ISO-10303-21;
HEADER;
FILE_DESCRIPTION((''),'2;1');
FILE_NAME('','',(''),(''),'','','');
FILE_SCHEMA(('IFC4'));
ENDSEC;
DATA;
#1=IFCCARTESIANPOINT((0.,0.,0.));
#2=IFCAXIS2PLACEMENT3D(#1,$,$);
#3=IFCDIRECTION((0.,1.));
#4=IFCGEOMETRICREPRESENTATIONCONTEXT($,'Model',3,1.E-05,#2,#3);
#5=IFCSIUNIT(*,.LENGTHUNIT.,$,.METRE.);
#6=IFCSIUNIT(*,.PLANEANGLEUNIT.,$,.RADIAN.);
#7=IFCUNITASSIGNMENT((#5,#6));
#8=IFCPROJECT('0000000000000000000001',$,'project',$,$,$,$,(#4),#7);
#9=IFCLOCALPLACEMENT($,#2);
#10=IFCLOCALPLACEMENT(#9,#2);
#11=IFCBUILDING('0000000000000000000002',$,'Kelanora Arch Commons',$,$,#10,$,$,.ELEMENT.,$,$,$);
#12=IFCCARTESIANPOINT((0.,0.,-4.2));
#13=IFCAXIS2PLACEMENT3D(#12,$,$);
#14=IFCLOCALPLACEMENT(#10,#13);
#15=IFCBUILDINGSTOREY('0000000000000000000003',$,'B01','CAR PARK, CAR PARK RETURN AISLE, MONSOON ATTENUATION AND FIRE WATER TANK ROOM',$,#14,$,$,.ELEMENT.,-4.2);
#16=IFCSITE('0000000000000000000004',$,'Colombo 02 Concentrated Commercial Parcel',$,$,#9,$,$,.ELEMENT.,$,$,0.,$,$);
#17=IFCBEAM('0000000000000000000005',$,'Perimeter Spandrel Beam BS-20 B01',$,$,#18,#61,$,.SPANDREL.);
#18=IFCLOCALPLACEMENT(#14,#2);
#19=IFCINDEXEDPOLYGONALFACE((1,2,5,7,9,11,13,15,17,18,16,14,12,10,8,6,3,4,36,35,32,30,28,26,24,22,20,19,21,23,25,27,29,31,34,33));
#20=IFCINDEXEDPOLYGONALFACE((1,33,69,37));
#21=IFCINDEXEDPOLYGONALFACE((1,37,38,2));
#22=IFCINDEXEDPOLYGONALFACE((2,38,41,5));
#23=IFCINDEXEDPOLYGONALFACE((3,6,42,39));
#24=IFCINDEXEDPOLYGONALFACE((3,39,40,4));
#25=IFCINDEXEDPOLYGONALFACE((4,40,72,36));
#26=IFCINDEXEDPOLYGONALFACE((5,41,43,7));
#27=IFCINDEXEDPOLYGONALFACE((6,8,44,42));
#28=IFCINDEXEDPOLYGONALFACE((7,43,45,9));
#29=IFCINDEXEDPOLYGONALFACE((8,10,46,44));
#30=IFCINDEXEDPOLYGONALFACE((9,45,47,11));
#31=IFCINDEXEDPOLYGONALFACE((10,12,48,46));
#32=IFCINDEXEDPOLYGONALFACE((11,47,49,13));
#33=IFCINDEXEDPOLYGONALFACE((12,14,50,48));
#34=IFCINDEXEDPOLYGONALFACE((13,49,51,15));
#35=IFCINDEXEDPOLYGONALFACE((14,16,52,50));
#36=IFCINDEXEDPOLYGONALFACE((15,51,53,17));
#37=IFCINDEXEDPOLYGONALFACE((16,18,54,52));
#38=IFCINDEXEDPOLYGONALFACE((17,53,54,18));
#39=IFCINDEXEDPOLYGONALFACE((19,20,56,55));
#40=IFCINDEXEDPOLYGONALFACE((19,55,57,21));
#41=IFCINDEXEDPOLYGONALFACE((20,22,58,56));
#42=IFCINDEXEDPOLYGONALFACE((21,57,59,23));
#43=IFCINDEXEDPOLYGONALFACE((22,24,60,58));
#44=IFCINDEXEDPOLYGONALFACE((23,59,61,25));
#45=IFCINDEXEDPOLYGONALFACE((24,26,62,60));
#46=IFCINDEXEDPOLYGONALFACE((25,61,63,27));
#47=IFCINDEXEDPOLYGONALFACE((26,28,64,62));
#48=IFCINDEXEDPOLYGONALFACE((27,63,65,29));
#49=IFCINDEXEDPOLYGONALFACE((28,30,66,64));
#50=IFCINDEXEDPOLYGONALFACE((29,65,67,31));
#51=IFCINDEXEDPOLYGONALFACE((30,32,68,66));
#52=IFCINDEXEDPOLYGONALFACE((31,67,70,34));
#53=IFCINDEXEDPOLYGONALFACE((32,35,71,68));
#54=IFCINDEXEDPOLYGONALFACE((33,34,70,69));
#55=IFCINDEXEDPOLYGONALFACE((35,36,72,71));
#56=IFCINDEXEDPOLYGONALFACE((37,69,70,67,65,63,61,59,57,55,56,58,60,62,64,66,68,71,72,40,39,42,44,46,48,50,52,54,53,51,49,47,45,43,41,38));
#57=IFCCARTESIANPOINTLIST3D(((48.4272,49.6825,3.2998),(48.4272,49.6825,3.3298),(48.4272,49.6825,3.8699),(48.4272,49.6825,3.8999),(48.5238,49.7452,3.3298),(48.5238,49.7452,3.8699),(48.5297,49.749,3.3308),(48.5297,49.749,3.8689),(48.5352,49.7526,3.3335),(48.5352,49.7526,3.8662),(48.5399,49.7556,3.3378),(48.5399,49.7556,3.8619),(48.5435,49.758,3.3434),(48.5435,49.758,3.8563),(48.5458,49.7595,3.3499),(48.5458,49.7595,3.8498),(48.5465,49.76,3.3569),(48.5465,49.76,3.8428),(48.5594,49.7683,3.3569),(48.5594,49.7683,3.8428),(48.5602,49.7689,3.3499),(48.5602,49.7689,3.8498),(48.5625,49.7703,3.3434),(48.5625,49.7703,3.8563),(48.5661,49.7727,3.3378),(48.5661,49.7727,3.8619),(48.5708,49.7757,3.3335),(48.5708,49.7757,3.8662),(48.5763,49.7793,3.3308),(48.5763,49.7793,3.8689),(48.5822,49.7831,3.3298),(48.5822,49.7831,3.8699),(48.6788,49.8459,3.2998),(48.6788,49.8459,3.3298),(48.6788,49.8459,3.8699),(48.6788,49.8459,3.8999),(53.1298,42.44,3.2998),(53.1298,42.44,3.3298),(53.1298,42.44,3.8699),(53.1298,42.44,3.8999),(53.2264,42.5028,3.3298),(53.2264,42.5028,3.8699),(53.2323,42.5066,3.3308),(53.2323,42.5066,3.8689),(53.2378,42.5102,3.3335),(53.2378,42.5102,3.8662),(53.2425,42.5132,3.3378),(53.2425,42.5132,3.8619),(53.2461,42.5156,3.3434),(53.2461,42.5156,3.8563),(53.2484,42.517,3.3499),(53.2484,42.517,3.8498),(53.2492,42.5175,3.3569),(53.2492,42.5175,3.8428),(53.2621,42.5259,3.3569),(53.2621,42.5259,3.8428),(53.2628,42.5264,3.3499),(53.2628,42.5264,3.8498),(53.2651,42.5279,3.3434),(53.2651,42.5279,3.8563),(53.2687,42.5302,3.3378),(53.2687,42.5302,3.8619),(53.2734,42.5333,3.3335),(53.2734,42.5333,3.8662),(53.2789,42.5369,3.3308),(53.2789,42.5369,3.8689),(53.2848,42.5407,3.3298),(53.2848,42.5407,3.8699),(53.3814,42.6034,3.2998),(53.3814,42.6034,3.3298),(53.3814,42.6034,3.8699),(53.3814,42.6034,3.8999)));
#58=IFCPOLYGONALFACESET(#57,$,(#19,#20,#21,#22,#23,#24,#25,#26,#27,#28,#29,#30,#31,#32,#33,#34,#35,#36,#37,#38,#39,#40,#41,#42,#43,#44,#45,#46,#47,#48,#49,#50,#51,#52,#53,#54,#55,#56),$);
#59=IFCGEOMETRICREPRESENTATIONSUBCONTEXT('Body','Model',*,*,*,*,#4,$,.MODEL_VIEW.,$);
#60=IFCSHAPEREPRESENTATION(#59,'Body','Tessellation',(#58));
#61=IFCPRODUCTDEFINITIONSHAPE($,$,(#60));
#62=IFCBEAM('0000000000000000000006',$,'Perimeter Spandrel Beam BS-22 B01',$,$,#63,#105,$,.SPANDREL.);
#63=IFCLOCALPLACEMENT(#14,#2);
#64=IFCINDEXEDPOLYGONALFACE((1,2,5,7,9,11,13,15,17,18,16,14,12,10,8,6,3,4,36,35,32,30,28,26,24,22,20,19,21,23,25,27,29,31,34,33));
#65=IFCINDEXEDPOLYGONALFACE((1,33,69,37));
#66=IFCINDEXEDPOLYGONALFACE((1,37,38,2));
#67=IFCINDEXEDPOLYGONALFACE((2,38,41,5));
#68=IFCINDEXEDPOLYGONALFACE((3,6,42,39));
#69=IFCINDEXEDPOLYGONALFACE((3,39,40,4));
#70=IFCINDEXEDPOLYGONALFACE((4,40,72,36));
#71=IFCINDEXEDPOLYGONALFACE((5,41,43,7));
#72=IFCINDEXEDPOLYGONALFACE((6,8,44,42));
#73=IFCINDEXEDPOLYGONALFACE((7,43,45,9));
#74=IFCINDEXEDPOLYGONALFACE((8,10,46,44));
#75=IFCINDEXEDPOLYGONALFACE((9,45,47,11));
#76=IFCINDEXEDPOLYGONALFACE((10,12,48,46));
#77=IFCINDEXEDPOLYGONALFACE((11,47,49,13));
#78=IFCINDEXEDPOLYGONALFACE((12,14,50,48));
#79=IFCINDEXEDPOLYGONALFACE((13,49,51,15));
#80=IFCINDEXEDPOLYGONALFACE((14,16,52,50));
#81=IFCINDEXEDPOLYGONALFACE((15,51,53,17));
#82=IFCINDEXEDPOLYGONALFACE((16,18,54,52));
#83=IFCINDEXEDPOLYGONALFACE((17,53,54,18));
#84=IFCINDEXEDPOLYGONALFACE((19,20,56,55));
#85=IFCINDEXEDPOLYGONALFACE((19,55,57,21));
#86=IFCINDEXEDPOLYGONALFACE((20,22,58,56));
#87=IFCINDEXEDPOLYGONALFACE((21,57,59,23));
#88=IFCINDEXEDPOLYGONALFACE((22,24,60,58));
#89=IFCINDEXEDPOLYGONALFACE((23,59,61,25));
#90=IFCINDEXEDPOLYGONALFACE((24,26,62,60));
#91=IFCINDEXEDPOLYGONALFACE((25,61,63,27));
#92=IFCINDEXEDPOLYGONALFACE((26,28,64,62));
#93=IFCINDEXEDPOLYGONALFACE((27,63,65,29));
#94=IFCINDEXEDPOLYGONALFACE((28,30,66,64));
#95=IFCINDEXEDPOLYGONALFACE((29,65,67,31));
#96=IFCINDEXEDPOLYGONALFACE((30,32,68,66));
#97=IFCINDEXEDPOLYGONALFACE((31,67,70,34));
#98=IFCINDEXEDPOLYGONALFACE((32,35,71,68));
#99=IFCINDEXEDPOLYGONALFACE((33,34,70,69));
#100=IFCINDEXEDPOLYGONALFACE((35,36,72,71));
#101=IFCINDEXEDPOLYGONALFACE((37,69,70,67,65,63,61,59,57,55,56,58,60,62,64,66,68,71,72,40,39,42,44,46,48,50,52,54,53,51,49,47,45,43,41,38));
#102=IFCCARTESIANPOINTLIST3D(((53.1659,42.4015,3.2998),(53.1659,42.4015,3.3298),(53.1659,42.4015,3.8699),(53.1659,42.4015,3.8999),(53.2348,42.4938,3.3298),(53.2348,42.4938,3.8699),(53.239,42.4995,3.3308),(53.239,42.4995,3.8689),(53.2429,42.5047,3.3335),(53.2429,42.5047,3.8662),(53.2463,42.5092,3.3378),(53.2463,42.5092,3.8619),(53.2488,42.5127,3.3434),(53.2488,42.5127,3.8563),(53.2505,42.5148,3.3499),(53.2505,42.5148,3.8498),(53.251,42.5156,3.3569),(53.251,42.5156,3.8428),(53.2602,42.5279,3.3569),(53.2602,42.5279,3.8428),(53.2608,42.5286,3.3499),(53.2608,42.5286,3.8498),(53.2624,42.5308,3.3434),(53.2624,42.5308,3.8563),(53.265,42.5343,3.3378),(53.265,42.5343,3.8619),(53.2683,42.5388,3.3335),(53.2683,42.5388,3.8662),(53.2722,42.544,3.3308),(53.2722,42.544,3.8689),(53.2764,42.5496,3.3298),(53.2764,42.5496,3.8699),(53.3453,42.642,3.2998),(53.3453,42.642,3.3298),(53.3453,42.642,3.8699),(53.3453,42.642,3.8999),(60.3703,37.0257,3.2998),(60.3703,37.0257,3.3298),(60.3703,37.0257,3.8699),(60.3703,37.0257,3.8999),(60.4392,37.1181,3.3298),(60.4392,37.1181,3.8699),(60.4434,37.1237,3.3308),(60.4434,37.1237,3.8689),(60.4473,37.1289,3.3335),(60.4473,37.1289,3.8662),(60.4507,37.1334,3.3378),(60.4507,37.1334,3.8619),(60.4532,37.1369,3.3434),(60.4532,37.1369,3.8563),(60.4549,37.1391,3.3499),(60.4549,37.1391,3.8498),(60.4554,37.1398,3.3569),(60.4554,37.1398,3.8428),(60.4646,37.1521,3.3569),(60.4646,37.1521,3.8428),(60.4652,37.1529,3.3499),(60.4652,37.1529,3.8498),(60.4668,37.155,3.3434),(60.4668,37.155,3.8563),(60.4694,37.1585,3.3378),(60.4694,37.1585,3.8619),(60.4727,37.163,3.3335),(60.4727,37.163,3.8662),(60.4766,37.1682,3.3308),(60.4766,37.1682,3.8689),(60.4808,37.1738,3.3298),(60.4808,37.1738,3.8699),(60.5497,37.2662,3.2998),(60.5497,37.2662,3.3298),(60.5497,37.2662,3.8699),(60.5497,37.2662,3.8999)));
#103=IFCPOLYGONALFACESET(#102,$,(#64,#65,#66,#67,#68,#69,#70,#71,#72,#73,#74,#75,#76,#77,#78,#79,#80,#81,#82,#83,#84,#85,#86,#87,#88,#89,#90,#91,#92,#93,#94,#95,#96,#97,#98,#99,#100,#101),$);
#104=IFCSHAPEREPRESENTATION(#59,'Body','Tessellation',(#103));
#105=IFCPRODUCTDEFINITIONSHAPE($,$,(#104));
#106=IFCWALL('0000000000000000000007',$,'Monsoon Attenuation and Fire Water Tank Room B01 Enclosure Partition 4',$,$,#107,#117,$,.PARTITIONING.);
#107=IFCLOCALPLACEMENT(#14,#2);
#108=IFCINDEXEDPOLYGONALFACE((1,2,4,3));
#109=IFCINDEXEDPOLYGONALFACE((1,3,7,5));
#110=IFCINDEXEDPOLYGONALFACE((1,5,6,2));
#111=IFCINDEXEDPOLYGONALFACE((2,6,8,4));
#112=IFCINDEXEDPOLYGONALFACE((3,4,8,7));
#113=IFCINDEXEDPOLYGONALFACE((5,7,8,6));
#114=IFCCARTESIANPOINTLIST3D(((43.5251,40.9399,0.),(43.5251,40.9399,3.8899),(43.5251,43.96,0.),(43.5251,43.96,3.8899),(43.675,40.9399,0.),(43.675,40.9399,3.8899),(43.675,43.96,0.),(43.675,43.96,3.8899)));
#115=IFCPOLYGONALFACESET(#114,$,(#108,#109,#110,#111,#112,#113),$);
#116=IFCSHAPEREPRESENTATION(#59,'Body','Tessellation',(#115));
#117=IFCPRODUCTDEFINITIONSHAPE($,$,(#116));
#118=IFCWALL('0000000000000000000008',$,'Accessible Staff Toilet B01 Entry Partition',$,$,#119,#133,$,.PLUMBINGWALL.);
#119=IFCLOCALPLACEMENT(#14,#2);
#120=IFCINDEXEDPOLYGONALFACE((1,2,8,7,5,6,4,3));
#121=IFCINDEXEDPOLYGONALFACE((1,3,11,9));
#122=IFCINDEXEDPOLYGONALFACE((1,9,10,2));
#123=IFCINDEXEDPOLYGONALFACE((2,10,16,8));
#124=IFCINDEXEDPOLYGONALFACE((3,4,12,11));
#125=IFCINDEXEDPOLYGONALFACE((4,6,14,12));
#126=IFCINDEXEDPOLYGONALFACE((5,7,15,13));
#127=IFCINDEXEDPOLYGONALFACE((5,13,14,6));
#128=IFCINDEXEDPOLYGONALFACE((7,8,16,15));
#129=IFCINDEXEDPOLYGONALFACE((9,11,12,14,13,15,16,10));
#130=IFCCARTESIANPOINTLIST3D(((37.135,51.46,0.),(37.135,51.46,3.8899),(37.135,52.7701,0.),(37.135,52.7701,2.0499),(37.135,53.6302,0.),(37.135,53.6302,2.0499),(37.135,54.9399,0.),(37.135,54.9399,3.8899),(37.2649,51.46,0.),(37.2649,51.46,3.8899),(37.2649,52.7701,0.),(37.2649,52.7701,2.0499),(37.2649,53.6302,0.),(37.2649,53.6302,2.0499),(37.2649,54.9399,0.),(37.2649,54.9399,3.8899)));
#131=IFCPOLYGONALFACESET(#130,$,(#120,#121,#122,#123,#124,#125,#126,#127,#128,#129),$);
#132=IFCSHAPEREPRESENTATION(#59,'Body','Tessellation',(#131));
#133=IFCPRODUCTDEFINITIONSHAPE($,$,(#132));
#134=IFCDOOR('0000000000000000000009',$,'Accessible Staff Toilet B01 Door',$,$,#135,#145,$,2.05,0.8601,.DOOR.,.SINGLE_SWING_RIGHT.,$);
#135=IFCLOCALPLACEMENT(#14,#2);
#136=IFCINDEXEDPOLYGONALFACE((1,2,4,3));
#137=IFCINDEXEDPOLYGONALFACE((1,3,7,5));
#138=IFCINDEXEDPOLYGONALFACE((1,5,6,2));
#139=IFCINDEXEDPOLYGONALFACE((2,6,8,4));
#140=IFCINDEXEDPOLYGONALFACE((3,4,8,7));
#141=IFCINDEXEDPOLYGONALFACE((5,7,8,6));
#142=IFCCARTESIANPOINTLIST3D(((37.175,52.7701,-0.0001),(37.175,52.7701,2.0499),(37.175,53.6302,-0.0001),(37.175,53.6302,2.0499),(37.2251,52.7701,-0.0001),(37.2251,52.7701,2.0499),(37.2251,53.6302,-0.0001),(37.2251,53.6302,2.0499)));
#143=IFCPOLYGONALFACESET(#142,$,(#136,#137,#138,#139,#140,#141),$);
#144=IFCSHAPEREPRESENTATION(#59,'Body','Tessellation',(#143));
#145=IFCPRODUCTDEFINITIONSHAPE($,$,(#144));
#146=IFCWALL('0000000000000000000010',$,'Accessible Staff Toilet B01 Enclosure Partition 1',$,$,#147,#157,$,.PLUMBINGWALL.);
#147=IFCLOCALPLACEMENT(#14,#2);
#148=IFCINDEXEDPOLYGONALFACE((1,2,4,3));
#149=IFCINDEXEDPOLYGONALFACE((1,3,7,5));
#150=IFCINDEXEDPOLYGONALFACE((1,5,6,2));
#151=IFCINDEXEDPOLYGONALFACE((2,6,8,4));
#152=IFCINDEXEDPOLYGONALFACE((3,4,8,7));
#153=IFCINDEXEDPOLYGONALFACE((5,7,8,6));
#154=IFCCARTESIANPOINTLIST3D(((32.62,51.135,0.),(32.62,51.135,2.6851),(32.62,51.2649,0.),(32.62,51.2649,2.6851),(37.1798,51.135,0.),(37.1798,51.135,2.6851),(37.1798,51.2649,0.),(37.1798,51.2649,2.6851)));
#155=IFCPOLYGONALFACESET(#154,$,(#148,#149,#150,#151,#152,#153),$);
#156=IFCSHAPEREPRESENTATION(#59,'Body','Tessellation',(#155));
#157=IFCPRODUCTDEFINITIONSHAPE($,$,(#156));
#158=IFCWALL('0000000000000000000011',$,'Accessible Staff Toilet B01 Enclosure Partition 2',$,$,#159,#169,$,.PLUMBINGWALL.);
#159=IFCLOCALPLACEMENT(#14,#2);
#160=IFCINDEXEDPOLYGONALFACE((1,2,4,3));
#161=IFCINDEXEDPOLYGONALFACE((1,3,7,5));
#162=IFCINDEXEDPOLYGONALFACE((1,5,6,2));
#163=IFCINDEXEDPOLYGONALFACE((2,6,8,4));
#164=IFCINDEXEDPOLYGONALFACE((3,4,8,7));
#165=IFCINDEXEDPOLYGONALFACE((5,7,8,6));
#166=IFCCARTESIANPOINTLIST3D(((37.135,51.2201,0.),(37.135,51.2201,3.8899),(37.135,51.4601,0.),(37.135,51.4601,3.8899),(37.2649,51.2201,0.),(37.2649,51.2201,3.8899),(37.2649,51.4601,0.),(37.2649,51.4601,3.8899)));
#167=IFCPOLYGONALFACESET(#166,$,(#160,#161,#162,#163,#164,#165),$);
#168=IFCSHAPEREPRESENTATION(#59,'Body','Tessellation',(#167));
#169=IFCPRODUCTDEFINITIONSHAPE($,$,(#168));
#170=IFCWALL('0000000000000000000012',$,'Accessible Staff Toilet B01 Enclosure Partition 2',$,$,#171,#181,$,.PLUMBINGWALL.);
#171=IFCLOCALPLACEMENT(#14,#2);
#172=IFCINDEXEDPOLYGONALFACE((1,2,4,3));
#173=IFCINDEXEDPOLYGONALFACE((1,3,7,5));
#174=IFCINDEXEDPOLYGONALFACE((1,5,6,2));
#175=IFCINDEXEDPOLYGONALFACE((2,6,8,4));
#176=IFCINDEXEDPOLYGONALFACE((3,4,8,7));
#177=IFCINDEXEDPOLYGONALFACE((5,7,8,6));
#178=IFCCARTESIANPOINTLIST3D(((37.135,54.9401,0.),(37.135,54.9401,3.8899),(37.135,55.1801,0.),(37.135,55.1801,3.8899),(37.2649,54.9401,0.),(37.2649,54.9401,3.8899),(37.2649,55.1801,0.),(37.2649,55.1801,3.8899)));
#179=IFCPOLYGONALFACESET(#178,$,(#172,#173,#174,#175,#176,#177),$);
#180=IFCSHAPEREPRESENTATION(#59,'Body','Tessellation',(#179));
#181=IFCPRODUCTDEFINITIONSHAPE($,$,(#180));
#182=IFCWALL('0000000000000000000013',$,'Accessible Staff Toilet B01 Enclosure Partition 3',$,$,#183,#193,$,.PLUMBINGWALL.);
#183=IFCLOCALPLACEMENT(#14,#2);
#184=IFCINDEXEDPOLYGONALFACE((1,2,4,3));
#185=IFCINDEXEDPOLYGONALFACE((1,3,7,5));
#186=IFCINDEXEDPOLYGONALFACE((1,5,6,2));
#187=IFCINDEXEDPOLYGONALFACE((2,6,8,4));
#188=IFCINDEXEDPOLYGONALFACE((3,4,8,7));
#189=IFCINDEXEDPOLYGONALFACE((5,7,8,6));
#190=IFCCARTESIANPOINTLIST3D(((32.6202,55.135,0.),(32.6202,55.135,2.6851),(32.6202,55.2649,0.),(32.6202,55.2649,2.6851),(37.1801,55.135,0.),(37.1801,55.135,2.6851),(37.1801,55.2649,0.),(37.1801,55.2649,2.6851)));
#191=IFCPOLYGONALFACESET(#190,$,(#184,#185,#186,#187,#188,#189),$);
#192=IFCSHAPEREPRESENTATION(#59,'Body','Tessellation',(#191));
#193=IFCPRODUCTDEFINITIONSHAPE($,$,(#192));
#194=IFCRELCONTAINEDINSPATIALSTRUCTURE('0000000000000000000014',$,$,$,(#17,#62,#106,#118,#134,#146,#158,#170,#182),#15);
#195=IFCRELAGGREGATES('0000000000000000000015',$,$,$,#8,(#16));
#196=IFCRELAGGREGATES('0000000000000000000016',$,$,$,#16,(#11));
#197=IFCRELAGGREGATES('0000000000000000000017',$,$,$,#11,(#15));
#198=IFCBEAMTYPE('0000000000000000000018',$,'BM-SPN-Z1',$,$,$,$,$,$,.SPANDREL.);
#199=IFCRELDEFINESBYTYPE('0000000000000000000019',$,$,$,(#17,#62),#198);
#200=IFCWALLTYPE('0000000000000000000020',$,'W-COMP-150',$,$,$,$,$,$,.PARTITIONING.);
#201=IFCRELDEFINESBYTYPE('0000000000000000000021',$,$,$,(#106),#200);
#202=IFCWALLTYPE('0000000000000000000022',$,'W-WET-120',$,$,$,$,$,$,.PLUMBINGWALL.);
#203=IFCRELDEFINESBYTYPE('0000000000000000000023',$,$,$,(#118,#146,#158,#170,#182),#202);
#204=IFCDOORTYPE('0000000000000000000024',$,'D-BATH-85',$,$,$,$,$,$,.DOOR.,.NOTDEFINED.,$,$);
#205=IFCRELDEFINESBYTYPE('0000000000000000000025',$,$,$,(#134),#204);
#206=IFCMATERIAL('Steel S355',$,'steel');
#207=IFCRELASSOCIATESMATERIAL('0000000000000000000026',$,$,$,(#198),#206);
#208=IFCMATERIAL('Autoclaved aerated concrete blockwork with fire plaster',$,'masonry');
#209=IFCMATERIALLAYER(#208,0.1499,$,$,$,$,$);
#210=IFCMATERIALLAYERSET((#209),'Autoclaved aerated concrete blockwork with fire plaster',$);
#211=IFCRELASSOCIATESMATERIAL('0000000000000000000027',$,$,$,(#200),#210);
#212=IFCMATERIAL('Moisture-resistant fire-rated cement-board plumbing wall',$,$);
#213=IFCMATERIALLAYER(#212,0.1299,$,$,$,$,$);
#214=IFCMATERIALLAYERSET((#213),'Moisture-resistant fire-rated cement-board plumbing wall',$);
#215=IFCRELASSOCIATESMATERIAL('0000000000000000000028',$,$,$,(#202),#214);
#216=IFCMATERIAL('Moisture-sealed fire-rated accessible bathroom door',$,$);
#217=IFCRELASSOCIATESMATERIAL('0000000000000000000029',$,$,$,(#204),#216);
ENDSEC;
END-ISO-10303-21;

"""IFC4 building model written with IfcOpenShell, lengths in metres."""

from ifc_helpers import new_model, si_unit, direction, frame, frame_2d, origin, origin_2d, place, context, subcontext, project, spatial, rectangle, i_section, extrude, material, layer, layer_set, material_profile, profile_set, type_object, element, fill, save


model = new_model("IFC4")

# Units and contexts
model_context = context("Model", 3, precision=1e-05, world=origin(), true_north=direction((0.0, 1.0)))
body_context = subcontext(model_context, "Body", "Model", "MODEL_VIEW")
ifc_project = project(units=[si_unit("LENGTHUNIT", "METRE"), si_unit("PLANEANGLEUNIT", "RADIAN")], contexts=[model_context])

# Site, building, storey
site_placement = place(None, origin())
site = spatial("IfcSite", under=ifc_project, at=site_placement, Name="Colombo 02 Concentrated Commercial Parcel", CompositionType="ELEMENT", RefElevation=0.0)
building_placement = place(site_placement, origin())
building = spatial("IfcBuilding", under=site, at=building_placement, Name="Kelanora Arch Commons", CompositionType="ELEMENT")
storey_placement = place(building_placement, frame((0.0, 0.0, -4.2)))
storey = spatial("IfcBuildingStorey", under=building, at=storey_placement, Name="B01", Description="CAR PARK, CAR PARK RETURN AISLE, MONSOON ATTENUATION AND FIRE WATER TANK ROOM", CompositionType="ELEMENT", Elevation=-4.2)

# Beams
ifc_material_1 = material(Name="Steel S355", Category="steel")
ifc_material_profile_1 = material_profile(ifc_material_1, i_section(OverallWidth=0.3, OverallDepth=0.6001, WebThickness=0.0154, FlangeThickness=0.03, FilletRadius=0.0271, at=origin_2d()), Name="HEB600")
ifc_profile_set_1 = profile_set([ifc_material_profile_1], Name="Steel S355")
beam_type_1 = type_object("IfcBeamType", Name="BM-SPN-Z1", PredefinedType="SPANDREL", material=ifc_profile_set_1)
beam_1_placement = place(storey_placement, frame((48.553, 49.7642, 3.5999), z_axis=(0.544586, -0.838705, 0.0), x_axis=(0.838705, 0.544586, 0.0)))
element("IfcBeam", 1, at=beam_1_placement, inside=storey, type_object=beam_type_1, Name="Perimeter Spandrel Beam BS-20 B01", PredefinedType="SPANDREL", context=body_context, shape_type="SweptSolid", body=[
    extrude(i_section(OverallWidth=0.3, OverallDepth=0.6001, WebThickness=0.0154, FlangeThickness=0.03, FilletRadius=0.0271, at=origin_2d()), origin(), (0.0, 0.0, 1.0), 8.6353),
])
beam_2_placement = place(storey_placement, frame((53.2556, 42.5217, 3.5999), z_axis=(0.801468, -0.598038, 0.0), x_axis=(0.598038, 0.801468, 0.0)))
element("IfcBeam", 2, at=beam_2_placement, inside=storey, type_object=beam_type_1, Name="Perimeter Spandrel Beam BS-22 B01", PredefinedType="SPANDREL", context=body_context, shape_type="SweptSolid", body=[
    extrude(i_section(OverallWidth=0.3, OverallDepth=0.6001, WebThickness=0.0154, FlangeThickness=0.03, FilletRadius=0.0271, at=origin_2d()), origin(), (0.0, 0.0, 1.0), 8.989),
])

# Wall
ifc_material_2 = material(Name="Autoclaved aerated concrete blockwork with fire plaster", Category="masonry")
ifc_layer_1 = layer(ifc_material_2, 0.1499)
ifc_layer_set_1 = layer_set([ifc_layer_1], Name="Autoclaved aerated concrete blockwork with fire plaster")
wall_type_1 = type_object("IfcWallType", Name="W-COMP-150", PredefinedType="PARTITIONING", material=ifc_layer_set_1)
wall_1_placement = place(storey_placement, frame((43.6001, 43.96, 0.0), z_axis=(0.0, 0.0, 1.0), x_axis=(0.0, -1.0, 0.0)))
element("IfcWall", 3, at=wall_1_placement, inside=storey, type_object=wall_type_1, Name="Monsoon Attenuation and Fire Water Tank Room B01 Enclosure Partition 4", PredefinedType="PARTITIONING", context=body_context, shape_type="SweptSolid", body=[
    extrude(rectangle(XDim=3.02, YDim=0.1499, at=frame_2d((1.51, 0.0))), origin(), (0.0, 0.0, 1.0), 3.8899),
])

# Wall, opening, door
ifc_material_3 = material(Name="Moisture-resistant fire-rated cement-board plumbing wall")
ifc_layer_2 = layer(ifc_material_3, 0.1299)
ifc_layer_set_2 = layer_set([ifc_layer_2], Name="Moisture-resistant fire-rated cement-board plumbing wall")
wall_type_2 = type_object("IfcWallType", Name="W-WET-120", PredefinedType="PLUMBINGWALL", material=ifc_layer_set_2)
wall_2_placement = place(storey_placement, frame((37.2, 51.46, 0.0), z_axis=(0.0, 0.0, 1.0), x_axis=(0.0, 1.0, 0.0)))
wall_2 = element("IfcWall", 4, at=wall_2_placement, inside=storey, type_object=wall_type_2, Name="Accessible Staff Toilet B01 Entry Partition", PredefinedType="PLUMBINGWALL", context=body_context, shape_type="SweptSolid", body=[
    extrude(rectangle(XDim=3.48, YDim=0.1299, at=frame_2d((1.74, 0.0))), origin(), (0.0, 0.0, 1.0), 3.8899),
])
opening_placement = place(wall_2_placement, frame((1.3101, 0.0, 0.0)))
opening = element("IfcOpeningElement", 5, at=opening_placement, cuts=wall_2, PredefinedType="OPENING", context=body_context, shape_type="SweptSolid", body=[
    extrude(rectangle(XDim=0.8601, YDim=2.05, at=frame_2d((0.4302, 1.0249))), frame((0.0, 0.075, 0.0), z_axis=(0.0, -1.0, 0.0), x_axis=(1.0, 0.0, 0.0)), (0.0, 0.0, 1.0), 0.1499),
])
ifc_material_4 = material(Name="Moisture-sealed fire-rated accessible bathroom door")
door_type = type_object("IfcDoorType", Name="D-BATH-85", OperationType="NOTDEFINED", PredefinedType="DOOR", material=ifc_material_4)
door_placement = place(opening_placement, origin())
door = element("IfcDoor", 6, at=door_placement, inside=storey, type_object=door_type, Name="Accessible Staff Toilet B01 Door", OperationType="SINGLE_SWING_RIGHT", OverallHeight=2.05, OverallWidth=0.8601, PredefinedType="DOOR", context=body_context, shape_type="SweptSolid", body=[
    extrude(rectangle(XDim=0.8601, YDim=2.05, at=frame_2d((0.4302, 1.0249))), frame((0.0, 0.0249, 0.0), z_axis=(0.0, -1.0, 0.0), x_axis=(1.0, 0.0, 0.0)), (0.0, 0.0, 1.0), 0.05),
])
fill(opening, door)

# Walls
wall_3_placement = place(storey_placement, frame((32.6201, 51.2, 0.0), z_axis=(0.0, 0.0, 1.0), x_axis=(1.0, 0.0, 0.0)))
element("IfcWall", 7, at=wall_3_placement, inside=storey, type_object=wall_type_2, Name="Accessible Staff Toilet B01 Enclosure Partition 1", PredefinedType="PLUMBINGWALL", context=body_context, shape_type="SweptSolid", body=[
    extrude(rectangle(XDim=4.5598, YDim=0.1299, at=frame_2d((2.2798, 0.0))), origin(), (0.0, 0.0, 1.0), 2.6851),
])
for number, where, z_axis, x_axis, name in (
    (8, (37.2, 51.22, 0.0), (0.0, 0.0, 1.0), (0.0, 1.0, 0.0), "Accessible Staff Toilet B01 Enclosure Partition 2"),
    (9, (37.2, 54.9399, 0.0), (0.0, 0.0, 1.0), (0.0, 1.0, 0.0), "Accessible Staff Toilet B01 Enclosure Partition 2"),
):
    element("IfcWall", number, at=place(storey_placement, frame(where, z_axis=z_axis, x_axis=x_axis)), inside=storey, type_object=wall_type_2, Name=name, PredefinedType="PLUMBINGWALL", context=body_context, shape_type="SweptSolid", body=[
        extrude(rectangle(XDim=0.24, YDim=0.1299, at=frame_2d((0.1201, 0.0))), origin(), (0.0, 0.0, 1.0), 3.8899),
    ])
wall_4_placement = place(storey_placement, frame((37.1799, 55.2, 0.0), z_axis=(0.0, 0.0, 1.0), x_axis=(-1.0, 0.0, 0.0)))
element("IfcWall", 10, at=wall_4_placement, inside=storey, type_object=wall_type_2, Name="Accessible Staff Toilet B01 Enclosure Partition 3", PredefinedType="PLUMBINGWALL", context=body_context, shape_type="SweptSolid", body=[
    extrude(rectangle(XDim=4.5598, YDim=0.1299, at=frame_2d((2.2798, 0.0))), origin(), (0.0, 0.0, 1.0), 2.6851),
])

save(model, "model.ifc")
